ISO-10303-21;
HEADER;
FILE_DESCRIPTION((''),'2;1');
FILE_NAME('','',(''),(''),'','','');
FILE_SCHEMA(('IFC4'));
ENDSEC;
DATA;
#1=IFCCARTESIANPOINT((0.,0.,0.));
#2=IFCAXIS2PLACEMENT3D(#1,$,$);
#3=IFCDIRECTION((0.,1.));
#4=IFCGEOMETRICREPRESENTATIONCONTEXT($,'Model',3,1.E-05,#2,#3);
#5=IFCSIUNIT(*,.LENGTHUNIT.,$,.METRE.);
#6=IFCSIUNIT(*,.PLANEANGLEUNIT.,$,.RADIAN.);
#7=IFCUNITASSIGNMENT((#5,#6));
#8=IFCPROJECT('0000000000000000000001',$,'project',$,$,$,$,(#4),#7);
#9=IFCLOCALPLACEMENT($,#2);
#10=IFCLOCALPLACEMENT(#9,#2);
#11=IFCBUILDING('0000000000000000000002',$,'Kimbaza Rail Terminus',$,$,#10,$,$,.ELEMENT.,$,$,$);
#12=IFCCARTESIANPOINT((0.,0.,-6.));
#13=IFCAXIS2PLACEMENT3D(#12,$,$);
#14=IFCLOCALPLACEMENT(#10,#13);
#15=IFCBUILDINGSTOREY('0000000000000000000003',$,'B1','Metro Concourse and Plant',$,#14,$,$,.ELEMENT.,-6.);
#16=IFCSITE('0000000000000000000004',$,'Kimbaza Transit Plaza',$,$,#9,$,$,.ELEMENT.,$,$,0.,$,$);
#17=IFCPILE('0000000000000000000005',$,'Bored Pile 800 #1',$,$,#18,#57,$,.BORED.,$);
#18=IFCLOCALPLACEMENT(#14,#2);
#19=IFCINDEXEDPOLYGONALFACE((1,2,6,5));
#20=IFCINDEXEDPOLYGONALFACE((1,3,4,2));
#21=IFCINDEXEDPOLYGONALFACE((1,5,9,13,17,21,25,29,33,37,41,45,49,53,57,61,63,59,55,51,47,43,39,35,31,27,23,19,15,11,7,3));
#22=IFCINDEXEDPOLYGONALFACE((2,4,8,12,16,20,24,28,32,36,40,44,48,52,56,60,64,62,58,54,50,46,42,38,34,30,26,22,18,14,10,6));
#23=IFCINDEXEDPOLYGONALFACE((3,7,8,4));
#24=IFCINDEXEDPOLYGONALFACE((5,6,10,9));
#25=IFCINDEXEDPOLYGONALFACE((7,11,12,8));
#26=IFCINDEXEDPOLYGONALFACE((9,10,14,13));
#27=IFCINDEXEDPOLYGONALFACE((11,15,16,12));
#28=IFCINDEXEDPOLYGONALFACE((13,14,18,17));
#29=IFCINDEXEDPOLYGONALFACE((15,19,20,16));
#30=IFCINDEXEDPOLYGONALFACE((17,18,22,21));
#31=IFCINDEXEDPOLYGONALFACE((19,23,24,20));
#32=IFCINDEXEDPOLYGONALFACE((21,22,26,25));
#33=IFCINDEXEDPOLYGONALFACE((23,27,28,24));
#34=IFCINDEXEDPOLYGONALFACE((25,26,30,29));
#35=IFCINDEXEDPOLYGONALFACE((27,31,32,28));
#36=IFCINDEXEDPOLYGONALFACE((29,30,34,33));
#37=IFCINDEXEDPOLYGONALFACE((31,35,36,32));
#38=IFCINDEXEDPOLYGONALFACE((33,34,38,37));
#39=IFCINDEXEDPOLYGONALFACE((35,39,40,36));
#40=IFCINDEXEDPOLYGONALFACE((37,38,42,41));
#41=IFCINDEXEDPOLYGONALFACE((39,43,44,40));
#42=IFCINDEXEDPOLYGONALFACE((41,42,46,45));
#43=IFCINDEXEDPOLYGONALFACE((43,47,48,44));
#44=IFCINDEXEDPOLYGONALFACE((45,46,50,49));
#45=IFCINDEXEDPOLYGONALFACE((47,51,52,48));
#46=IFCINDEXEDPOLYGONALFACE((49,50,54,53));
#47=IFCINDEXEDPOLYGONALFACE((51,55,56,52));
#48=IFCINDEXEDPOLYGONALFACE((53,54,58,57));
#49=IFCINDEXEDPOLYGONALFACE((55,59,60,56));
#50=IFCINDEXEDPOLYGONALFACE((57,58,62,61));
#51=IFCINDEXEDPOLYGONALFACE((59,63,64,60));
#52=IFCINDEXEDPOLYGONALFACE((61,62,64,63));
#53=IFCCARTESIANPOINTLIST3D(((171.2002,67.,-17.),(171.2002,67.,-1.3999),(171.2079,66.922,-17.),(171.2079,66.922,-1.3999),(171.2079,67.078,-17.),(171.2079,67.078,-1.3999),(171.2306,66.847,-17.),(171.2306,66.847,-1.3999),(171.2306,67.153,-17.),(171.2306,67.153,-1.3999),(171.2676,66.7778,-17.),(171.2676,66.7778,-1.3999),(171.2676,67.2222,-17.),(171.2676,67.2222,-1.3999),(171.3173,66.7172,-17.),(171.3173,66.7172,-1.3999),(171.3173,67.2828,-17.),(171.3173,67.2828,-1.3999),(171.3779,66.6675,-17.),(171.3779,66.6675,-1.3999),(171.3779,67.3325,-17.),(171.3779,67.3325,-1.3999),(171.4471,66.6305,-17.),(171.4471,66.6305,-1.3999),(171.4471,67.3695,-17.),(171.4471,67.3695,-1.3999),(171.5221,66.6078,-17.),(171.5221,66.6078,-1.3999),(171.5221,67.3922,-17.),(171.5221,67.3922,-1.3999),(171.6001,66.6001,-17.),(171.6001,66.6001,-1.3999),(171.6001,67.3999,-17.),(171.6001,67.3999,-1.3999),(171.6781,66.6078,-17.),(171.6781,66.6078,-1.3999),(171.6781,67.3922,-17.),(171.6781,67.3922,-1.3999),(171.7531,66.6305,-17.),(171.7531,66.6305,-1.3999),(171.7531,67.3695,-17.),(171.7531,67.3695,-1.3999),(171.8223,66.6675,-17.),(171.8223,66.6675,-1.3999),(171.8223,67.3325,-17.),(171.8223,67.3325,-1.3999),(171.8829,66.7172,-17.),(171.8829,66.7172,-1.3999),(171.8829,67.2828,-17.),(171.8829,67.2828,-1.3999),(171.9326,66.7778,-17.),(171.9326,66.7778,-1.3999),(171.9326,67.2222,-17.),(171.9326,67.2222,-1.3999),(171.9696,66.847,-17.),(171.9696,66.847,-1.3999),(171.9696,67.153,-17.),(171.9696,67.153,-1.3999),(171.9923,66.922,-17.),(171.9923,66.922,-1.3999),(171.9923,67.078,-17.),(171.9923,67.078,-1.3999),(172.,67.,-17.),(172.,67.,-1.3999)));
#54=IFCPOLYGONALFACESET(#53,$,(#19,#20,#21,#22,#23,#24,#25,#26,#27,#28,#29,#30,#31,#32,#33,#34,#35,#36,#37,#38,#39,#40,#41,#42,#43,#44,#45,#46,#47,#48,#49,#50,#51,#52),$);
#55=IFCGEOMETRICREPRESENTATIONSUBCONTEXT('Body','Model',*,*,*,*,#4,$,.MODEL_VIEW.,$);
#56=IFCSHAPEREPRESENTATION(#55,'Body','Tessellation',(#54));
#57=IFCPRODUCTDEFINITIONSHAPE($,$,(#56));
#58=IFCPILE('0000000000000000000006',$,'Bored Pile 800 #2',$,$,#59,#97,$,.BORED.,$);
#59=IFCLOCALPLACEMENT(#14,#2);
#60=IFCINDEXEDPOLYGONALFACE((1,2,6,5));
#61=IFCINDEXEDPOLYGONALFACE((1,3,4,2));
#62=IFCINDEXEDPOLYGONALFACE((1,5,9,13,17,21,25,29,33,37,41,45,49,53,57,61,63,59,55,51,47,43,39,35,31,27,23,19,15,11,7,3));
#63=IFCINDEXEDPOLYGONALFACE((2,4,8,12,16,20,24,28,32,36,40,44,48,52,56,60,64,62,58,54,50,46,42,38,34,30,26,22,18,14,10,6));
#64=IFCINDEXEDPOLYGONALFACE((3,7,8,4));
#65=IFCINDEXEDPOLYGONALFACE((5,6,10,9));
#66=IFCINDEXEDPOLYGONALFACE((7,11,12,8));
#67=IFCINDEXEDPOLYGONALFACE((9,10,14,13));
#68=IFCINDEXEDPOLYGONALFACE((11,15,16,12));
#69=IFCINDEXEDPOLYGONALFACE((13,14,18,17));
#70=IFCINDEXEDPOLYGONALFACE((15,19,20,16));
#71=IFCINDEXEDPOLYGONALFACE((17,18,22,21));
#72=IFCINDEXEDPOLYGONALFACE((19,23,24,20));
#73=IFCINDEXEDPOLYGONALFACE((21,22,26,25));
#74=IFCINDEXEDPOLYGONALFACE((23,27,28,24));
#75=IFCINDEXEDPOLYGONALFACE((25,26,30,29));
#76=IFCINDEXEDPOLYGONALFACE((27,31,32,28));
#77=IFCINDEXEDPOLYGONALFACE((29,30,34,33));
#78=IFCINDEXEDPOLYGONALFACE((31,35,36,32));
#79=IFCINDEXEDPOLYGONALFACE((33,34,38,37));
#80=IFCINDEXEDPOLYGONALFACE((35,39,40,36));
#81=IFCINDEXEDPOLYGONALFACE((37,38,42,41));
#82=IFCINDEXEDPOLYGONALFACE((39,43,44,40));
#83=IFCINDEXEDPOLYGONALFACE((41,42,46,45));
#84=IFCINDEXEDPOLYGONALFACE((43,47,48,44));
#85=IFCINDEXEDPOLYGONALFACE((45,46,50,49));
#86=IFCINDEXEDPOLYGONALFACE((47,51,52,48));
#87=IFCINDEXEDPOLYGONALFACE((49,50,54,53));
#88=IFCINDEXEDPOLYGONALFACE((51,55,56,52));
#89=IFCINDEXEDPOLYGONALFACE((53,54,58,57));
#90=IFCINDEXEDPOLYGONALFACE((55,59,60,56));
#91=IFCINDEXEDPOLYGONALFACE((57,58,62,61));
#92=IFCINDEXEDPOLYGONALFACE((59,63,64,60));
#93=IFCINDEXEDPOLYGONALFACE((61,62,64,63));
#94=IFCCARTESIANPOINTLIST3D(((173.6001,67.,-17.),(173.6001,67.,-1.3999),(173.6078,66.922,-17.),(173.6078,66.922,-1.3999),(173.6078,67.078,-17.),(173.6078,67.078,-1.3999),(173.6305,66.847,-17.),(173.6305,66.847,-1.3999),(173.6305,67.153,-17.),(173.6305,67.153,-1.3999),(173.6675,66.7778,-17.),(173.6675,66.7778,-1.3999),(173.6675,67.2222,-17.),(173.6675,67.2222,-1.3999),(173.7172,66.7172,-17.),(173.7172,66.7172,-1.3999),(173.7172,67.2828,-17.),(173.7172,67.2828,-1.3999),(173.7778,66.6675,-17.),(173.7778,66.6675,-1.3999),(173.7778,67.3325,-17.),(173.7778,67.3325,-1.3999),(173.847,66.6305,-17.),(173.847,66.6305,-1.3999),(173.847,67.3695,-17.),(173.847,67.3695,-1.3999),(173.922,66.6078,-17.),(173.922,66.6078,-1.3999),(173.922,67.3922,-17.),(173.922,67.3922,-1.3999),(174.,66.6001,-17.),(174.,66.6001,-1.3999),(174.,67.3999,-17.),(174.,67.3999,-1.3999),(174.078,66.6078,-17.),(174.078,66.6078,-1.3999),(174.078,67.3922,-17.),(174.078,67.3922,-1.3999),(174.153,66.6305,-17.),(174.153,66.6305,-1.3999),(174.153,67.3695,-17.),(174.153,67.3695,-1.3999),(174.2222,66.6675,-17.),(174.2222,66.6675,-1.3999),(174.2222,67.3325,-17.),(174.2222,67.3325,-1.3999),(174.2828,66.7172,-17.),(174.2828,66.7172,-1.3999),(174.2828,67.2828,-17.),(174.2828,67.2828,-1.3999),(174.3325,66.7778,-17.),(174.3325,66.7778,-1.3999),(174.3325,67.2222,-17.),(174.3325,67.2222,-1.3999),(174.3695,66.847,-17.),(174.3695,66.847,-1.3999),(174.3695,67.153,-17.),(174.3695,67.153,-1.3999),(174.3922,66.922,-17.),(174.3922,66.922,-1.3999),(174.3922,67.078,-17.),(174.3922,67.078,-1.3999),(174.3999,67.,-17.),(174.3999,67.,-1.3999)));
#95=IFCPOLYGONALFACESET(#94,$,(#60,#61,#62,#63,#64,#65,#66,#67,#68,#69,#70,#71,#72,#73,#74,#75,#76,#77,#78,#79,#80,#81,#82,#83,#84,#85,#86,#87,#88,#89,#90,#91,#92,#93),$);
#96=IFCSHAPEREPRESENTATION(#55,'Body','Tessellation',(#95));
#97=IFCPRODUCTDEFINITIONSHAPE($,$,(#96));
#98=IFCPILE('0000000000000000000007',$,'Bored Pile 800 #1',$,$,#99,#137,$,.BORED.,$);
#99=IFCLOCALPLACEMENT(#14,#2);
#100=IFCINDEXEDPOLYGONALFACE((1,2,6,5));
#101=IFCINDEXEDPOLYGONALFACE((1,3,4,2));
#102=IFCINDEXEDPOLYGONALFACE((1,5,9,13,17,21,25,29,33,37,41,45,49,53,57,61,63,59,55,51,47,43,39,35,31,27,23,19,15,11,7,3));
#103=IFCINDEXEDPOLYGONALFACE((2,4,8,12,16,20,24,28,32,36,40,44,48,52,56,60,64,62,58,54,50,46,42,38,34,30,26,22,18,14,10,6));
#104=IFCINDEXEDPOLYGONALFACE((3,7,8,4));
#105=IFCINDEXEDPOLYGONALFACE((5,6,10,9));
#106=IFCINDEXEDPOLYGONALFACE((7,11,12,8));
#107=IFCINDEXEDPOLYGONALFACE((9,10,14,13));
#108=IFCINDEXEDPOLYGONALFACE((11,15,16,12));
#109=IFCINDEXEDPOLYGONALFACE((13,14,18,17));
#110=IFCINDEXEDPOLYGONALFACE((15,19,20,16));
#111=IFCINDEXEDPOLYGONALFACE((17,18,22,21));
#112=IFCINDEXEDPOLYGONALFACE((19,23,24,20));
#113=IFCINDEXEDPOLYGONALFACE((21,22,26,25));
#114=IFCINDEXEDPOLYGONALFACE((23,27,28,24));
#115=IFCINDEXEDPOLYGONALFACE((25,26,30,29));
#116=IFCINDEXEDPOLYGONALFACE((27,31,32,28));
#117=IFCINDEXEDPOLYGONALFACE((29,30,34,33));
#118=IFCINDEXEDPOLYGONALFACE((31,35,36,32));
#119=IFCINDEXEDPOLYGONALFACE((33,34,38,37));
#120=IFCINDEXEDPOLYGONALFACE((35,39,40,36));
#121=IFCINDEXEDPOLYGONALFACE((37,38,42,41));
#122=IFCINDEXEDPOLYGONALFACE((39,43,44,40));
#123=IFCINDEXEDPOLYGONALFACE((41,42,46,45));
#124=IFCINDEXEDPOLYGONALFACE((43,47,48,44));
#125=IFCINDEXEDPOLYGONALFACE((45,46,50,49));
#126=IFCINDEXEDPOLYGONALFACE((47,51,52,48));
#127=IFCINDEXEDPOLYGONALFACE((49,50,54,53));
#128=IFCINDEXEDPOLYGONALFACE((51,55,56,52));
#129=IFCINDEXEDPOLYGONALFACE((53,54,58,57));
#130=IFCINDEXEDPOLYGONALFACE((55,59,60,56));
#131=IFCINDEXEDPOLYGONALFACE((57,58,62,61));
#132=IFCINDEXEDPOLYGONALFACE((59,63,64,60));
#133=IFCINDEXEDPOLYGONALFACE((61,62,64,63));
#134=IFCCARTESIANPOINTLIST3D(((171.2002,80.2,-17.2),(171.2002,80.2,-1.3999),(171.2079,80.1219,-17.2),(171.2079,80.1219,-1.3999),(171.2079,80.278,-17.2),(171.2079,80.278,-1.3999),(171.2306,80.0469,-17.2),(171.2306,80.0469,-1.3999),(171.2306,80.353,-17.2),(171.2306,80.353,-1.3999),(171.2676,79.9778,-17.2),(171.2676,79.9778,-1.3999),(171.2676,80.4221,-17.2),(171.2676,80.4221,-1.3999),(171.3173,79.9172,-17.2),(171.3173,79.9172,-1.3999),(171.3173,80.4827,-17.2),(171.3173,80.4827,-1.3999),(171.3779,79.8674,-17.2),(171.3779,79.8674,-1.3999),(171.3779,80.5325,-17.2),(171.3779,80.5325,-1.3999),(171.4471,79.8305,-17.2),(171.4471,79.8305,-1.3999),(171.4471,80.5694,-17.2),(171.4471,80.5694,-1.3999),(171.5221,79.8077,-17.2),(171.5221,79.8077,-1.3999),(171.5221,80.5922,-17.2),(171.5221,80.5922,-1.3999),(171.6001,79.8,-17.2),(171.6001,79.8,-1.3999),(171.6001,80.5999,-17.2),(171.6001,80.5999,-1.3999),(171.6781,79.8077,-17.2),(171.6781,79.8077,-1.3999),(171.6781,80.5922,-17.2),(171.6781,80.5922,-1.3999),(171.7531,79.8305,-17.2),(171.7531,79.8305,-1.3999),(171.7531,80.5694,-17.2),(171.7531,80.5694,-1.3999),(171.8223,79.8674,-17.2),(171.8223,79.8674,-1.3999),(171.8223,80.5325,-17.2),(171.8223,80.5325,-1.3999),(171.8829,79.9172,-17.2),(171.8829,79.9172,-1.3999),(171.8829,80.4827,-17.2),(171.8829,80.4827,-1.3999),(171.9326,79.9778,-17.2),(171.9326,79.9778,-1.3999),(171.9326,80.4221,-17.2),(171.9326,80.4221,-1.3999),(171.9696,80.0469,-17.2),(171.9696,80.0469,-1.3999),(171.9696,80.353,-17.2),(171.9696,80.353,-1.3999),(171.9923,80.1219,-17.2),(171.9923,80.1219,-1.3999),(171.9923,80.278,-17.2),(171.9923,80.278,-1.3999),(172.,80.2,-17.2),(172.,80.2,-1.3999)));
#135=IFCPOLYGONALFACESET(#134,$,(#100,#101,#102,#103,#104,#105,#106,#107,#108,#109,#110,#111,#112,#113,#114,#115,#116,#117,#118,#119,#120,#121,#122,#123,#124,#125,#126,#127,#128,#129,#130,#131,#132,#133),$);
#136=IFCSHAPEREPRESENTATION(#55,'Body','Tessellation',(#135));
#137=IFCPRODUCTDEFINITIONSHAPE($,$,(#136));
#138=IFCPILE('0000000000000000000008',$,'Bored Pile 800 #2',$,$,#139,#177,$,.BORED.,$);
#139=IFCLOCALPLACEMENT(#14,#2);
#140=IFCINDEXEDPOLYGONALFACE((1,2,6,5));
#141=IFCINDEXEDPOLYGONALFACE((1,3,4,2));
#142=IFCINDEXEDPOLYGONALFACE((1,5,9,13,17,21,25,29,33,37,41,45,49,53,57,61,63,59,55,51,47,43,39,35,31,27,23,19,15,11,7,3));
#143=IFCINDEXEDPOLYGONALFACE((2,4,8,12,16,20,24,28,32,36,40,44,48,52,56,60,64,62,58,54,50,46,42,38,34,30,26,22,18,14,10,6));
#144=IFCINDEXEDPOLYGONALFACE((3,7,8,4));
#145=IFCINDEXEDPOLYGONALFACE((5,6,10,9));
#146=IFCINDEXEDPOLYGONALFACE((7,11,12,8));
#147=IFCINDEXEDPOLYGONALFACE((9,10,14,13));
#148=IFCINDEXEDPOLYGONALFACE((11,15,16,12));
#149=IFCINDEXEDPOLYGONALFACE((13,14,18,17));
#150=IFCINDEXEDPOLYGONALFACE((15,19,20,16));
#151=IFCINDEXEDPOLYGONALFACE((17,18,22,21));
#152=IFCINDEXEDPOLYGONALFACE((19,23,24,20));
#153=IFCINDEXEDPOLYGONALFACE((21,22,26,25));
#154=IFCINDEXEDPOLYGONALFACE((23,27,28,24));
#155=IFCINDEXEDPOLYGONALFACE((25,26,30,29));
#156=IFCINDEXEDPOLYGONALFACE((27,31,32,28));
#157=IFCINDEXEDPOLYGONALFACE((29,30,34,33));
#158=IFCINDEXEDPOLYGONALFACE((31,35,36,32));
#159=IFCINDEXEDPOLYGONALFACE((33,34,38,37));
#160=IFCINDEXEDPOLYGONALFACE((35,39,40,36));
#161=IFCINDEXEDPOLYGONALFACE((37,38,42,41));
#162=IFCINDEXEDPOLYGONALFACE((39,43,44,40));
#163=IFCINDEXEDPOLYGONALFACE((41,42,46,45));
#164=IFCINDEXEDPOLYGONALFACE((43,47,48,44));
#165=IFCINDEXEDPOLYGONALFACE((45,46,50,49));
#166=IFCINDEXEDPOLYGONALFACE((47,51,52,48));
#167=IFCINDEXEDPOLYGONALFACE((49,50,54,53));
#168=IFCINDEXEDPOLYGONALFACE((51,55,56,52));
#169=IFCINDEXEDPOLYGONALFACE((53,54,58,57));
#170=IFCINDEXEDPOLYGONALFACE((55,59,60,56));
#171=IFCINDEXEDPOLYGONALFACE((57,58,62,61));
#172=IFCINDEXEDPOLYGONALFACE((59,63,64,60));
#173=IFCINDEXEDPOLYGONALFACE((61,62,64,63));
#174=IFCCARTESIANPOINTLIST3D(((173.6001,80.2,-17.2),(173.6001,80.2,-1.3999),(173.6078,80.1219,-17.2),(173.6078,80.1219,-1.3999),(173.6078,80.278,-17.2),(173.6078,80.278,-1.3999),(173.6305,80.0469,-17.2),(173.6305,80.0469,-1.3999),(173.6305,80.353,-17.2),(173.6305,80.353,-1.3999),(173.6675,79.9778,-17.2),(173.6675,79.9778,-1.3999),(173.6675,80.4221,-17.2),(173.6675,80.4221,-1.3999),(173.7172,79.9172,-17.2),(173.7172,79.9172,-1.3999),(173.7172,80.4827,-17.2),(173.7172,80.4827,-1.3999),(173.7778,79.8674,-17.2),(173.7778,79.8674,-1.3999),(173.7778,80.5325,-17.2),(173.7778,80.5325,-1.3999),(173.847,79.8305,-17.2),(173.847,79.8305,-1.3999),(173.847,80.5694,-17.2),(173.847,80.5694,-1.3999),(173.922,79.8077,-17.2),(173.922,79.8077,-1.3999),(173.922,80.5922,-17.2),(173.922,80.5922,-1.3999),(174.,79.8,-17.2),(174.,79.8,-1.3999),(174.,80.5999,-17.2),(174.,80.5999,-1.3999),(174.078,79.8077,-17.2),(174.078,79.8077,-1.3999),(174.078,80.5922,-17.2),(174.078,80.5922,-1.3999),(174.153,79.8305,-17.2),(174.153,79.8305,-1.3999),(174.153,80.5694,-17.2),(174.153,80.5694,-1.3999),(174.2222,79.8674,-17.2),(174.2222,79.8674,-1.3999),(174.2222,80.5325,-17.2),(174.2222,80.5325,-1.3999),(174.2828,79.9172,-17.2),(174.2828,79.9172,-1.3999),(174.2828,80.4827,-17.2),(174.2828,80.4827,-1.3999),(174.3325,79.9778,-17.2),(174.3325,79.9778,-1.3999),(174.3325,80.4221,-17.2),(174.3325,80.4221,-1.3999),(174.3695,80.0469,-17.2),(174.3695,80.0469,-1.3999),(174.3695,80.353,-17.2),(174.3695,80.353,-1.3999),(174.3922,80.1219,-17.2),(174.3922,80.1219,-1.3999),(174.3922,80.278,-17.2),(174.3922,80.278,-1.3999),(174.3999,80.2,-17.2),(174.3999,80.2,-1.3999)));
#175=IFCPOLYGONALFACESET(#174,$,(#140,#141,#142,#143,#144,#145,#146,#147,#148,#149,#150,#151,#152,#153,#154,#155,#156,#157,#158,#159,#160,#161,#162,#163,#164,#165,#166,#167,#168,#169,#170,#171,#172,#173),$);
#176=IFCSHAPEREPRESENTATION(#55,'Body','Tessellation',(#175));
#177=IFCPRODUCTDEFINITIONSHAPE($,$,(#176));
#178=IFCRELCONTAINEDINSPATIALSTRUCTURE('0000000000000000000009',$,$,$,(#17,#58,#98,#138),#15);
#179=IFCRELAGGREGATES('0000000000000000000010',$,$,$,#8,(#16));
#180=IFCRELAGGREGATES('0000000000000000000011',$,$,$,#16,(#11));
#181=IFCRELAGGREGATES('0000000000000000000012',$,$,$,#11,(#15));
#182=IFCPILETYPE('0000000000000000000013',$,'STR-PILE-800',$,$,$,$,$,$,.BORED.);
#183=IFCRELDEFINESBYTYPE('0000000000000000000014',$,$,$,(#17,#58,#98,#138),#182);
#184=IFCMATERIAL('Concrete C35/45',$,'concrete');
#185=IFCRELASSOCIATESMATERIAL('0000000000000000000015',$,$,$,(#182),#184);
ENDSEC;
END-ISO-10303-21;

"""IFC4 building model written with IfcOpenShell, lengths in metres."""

from ifc_helpers import new_model, si_unit, direction, frame, origin, origin_2d, place, context, subcontext, project, spatial, circle, extrude, material, material_profile, profile_set, type_object, element, save


model = new_model("IFC4")

# Units and contexts
model_context = context("Model", 3, precision=1e-05, world=origin(), true_north=direction((0.0, 1.0)))
body_context = subcontext(model_context, "Body", "Model", "MODEL_VIEW")
ifc_project = project(units=[si_unit("LENGTHUNIT", "METRE"), si_unit("PLANEANGLEUNIT", "RADIAN")], contexts=[model_context])

# Site, building, storey
site_placement = place(None, origin())
site = spatial("IfcSite", under=ifc_project, at=site_placement, Name="Kimbaza Transit Plaza", CompositionType="ELEMENT", RefElevation=0.0)
building_placement = place(site_placement, origin())
building = spatial("IfcBuilding", under=site, at=building_placement, Name="Kimbaza Rail Terminus", CompositionType="ELEMENT")
storey_placement = place(building_placement, frame((0.0, 0.0, -6.0)))
storey = spatial("IfcBuildingStorey", under=building, at=storey_placement, Name="B1", Description="Metro Concourse and Plant", CompositionType="ELEMENT", Elevation=-6.0)

# Piles
ifc_material_1 = material(Name="Concrete C35/45", Category="concrete")
ifc_material_profile_1 = material_profile(ifc_material_1, circle(Radius=0.3999, at=origin_2d()), Name="BORED PILE 800")
ifc_profile_set_1 = profile_set([ifc_material_profile_1], Name="Concrete C35/45")
pile_type_1 = type_object("IfcPileType", Name="STR-PILE-800", PredefinedType="BORED", material=ifc_profile_set_1)
for number, where, z_axis, x_axis, name in (
    (1, (171.6001, 67.0, -1.3999), (0.0, 0.0, -1.0), (1.0, 0.0, 0.0), "Bored Pile 800 #1"),
    (2, (174.0, 67.0, -1.3999), (0.0, 0.0, -1.0), (1.0, 0.0, 0.0), "Bored Pile 800 #2"),
):
    element("IfcPile", number, at=place(storey_placement, frame(where, z_axis=z_axis, x_axis=x_axis)), inside=storey, type_object=pile_type_1, Name=name, PredefinedType="BORED", context=body_context, shape_type="SweptSolid", body=[
        extrude(circle(Radius=0.3999, at=origin_2d()), origin(), (0.0, 0.0, 1.0), 15.6001),
    ])
for number, where, z_axis, x_axis, name in (
    (3, (171.6001, 80.2, -1.3999), (0.0, 0.0, -1.0), (1.0, 0.0, 0.0), "Bored Pile 800 #1"),
    (4, (174.0, 80.2, -1.3999), (0.0, 0.0, -1.0), (1.0, 0.0, 0.0), "Bored Pile 800 #2"),
):
    element("IfcPile", number, at=place(storey_placement, frame(where, z_axis=z_axis, x_axis=x_axis)), inside=storey, type_object=pile_type_1, Name=name, PredefinedType="BORED", context=body_context, shape_type="SweptSolid", body=[
        extrude(circle(Radius=0.3999, at=origin_2d()), origin(), (0.0, 0.0, 1.0), 15.8),
    ])

save(model, "model.ifc")
